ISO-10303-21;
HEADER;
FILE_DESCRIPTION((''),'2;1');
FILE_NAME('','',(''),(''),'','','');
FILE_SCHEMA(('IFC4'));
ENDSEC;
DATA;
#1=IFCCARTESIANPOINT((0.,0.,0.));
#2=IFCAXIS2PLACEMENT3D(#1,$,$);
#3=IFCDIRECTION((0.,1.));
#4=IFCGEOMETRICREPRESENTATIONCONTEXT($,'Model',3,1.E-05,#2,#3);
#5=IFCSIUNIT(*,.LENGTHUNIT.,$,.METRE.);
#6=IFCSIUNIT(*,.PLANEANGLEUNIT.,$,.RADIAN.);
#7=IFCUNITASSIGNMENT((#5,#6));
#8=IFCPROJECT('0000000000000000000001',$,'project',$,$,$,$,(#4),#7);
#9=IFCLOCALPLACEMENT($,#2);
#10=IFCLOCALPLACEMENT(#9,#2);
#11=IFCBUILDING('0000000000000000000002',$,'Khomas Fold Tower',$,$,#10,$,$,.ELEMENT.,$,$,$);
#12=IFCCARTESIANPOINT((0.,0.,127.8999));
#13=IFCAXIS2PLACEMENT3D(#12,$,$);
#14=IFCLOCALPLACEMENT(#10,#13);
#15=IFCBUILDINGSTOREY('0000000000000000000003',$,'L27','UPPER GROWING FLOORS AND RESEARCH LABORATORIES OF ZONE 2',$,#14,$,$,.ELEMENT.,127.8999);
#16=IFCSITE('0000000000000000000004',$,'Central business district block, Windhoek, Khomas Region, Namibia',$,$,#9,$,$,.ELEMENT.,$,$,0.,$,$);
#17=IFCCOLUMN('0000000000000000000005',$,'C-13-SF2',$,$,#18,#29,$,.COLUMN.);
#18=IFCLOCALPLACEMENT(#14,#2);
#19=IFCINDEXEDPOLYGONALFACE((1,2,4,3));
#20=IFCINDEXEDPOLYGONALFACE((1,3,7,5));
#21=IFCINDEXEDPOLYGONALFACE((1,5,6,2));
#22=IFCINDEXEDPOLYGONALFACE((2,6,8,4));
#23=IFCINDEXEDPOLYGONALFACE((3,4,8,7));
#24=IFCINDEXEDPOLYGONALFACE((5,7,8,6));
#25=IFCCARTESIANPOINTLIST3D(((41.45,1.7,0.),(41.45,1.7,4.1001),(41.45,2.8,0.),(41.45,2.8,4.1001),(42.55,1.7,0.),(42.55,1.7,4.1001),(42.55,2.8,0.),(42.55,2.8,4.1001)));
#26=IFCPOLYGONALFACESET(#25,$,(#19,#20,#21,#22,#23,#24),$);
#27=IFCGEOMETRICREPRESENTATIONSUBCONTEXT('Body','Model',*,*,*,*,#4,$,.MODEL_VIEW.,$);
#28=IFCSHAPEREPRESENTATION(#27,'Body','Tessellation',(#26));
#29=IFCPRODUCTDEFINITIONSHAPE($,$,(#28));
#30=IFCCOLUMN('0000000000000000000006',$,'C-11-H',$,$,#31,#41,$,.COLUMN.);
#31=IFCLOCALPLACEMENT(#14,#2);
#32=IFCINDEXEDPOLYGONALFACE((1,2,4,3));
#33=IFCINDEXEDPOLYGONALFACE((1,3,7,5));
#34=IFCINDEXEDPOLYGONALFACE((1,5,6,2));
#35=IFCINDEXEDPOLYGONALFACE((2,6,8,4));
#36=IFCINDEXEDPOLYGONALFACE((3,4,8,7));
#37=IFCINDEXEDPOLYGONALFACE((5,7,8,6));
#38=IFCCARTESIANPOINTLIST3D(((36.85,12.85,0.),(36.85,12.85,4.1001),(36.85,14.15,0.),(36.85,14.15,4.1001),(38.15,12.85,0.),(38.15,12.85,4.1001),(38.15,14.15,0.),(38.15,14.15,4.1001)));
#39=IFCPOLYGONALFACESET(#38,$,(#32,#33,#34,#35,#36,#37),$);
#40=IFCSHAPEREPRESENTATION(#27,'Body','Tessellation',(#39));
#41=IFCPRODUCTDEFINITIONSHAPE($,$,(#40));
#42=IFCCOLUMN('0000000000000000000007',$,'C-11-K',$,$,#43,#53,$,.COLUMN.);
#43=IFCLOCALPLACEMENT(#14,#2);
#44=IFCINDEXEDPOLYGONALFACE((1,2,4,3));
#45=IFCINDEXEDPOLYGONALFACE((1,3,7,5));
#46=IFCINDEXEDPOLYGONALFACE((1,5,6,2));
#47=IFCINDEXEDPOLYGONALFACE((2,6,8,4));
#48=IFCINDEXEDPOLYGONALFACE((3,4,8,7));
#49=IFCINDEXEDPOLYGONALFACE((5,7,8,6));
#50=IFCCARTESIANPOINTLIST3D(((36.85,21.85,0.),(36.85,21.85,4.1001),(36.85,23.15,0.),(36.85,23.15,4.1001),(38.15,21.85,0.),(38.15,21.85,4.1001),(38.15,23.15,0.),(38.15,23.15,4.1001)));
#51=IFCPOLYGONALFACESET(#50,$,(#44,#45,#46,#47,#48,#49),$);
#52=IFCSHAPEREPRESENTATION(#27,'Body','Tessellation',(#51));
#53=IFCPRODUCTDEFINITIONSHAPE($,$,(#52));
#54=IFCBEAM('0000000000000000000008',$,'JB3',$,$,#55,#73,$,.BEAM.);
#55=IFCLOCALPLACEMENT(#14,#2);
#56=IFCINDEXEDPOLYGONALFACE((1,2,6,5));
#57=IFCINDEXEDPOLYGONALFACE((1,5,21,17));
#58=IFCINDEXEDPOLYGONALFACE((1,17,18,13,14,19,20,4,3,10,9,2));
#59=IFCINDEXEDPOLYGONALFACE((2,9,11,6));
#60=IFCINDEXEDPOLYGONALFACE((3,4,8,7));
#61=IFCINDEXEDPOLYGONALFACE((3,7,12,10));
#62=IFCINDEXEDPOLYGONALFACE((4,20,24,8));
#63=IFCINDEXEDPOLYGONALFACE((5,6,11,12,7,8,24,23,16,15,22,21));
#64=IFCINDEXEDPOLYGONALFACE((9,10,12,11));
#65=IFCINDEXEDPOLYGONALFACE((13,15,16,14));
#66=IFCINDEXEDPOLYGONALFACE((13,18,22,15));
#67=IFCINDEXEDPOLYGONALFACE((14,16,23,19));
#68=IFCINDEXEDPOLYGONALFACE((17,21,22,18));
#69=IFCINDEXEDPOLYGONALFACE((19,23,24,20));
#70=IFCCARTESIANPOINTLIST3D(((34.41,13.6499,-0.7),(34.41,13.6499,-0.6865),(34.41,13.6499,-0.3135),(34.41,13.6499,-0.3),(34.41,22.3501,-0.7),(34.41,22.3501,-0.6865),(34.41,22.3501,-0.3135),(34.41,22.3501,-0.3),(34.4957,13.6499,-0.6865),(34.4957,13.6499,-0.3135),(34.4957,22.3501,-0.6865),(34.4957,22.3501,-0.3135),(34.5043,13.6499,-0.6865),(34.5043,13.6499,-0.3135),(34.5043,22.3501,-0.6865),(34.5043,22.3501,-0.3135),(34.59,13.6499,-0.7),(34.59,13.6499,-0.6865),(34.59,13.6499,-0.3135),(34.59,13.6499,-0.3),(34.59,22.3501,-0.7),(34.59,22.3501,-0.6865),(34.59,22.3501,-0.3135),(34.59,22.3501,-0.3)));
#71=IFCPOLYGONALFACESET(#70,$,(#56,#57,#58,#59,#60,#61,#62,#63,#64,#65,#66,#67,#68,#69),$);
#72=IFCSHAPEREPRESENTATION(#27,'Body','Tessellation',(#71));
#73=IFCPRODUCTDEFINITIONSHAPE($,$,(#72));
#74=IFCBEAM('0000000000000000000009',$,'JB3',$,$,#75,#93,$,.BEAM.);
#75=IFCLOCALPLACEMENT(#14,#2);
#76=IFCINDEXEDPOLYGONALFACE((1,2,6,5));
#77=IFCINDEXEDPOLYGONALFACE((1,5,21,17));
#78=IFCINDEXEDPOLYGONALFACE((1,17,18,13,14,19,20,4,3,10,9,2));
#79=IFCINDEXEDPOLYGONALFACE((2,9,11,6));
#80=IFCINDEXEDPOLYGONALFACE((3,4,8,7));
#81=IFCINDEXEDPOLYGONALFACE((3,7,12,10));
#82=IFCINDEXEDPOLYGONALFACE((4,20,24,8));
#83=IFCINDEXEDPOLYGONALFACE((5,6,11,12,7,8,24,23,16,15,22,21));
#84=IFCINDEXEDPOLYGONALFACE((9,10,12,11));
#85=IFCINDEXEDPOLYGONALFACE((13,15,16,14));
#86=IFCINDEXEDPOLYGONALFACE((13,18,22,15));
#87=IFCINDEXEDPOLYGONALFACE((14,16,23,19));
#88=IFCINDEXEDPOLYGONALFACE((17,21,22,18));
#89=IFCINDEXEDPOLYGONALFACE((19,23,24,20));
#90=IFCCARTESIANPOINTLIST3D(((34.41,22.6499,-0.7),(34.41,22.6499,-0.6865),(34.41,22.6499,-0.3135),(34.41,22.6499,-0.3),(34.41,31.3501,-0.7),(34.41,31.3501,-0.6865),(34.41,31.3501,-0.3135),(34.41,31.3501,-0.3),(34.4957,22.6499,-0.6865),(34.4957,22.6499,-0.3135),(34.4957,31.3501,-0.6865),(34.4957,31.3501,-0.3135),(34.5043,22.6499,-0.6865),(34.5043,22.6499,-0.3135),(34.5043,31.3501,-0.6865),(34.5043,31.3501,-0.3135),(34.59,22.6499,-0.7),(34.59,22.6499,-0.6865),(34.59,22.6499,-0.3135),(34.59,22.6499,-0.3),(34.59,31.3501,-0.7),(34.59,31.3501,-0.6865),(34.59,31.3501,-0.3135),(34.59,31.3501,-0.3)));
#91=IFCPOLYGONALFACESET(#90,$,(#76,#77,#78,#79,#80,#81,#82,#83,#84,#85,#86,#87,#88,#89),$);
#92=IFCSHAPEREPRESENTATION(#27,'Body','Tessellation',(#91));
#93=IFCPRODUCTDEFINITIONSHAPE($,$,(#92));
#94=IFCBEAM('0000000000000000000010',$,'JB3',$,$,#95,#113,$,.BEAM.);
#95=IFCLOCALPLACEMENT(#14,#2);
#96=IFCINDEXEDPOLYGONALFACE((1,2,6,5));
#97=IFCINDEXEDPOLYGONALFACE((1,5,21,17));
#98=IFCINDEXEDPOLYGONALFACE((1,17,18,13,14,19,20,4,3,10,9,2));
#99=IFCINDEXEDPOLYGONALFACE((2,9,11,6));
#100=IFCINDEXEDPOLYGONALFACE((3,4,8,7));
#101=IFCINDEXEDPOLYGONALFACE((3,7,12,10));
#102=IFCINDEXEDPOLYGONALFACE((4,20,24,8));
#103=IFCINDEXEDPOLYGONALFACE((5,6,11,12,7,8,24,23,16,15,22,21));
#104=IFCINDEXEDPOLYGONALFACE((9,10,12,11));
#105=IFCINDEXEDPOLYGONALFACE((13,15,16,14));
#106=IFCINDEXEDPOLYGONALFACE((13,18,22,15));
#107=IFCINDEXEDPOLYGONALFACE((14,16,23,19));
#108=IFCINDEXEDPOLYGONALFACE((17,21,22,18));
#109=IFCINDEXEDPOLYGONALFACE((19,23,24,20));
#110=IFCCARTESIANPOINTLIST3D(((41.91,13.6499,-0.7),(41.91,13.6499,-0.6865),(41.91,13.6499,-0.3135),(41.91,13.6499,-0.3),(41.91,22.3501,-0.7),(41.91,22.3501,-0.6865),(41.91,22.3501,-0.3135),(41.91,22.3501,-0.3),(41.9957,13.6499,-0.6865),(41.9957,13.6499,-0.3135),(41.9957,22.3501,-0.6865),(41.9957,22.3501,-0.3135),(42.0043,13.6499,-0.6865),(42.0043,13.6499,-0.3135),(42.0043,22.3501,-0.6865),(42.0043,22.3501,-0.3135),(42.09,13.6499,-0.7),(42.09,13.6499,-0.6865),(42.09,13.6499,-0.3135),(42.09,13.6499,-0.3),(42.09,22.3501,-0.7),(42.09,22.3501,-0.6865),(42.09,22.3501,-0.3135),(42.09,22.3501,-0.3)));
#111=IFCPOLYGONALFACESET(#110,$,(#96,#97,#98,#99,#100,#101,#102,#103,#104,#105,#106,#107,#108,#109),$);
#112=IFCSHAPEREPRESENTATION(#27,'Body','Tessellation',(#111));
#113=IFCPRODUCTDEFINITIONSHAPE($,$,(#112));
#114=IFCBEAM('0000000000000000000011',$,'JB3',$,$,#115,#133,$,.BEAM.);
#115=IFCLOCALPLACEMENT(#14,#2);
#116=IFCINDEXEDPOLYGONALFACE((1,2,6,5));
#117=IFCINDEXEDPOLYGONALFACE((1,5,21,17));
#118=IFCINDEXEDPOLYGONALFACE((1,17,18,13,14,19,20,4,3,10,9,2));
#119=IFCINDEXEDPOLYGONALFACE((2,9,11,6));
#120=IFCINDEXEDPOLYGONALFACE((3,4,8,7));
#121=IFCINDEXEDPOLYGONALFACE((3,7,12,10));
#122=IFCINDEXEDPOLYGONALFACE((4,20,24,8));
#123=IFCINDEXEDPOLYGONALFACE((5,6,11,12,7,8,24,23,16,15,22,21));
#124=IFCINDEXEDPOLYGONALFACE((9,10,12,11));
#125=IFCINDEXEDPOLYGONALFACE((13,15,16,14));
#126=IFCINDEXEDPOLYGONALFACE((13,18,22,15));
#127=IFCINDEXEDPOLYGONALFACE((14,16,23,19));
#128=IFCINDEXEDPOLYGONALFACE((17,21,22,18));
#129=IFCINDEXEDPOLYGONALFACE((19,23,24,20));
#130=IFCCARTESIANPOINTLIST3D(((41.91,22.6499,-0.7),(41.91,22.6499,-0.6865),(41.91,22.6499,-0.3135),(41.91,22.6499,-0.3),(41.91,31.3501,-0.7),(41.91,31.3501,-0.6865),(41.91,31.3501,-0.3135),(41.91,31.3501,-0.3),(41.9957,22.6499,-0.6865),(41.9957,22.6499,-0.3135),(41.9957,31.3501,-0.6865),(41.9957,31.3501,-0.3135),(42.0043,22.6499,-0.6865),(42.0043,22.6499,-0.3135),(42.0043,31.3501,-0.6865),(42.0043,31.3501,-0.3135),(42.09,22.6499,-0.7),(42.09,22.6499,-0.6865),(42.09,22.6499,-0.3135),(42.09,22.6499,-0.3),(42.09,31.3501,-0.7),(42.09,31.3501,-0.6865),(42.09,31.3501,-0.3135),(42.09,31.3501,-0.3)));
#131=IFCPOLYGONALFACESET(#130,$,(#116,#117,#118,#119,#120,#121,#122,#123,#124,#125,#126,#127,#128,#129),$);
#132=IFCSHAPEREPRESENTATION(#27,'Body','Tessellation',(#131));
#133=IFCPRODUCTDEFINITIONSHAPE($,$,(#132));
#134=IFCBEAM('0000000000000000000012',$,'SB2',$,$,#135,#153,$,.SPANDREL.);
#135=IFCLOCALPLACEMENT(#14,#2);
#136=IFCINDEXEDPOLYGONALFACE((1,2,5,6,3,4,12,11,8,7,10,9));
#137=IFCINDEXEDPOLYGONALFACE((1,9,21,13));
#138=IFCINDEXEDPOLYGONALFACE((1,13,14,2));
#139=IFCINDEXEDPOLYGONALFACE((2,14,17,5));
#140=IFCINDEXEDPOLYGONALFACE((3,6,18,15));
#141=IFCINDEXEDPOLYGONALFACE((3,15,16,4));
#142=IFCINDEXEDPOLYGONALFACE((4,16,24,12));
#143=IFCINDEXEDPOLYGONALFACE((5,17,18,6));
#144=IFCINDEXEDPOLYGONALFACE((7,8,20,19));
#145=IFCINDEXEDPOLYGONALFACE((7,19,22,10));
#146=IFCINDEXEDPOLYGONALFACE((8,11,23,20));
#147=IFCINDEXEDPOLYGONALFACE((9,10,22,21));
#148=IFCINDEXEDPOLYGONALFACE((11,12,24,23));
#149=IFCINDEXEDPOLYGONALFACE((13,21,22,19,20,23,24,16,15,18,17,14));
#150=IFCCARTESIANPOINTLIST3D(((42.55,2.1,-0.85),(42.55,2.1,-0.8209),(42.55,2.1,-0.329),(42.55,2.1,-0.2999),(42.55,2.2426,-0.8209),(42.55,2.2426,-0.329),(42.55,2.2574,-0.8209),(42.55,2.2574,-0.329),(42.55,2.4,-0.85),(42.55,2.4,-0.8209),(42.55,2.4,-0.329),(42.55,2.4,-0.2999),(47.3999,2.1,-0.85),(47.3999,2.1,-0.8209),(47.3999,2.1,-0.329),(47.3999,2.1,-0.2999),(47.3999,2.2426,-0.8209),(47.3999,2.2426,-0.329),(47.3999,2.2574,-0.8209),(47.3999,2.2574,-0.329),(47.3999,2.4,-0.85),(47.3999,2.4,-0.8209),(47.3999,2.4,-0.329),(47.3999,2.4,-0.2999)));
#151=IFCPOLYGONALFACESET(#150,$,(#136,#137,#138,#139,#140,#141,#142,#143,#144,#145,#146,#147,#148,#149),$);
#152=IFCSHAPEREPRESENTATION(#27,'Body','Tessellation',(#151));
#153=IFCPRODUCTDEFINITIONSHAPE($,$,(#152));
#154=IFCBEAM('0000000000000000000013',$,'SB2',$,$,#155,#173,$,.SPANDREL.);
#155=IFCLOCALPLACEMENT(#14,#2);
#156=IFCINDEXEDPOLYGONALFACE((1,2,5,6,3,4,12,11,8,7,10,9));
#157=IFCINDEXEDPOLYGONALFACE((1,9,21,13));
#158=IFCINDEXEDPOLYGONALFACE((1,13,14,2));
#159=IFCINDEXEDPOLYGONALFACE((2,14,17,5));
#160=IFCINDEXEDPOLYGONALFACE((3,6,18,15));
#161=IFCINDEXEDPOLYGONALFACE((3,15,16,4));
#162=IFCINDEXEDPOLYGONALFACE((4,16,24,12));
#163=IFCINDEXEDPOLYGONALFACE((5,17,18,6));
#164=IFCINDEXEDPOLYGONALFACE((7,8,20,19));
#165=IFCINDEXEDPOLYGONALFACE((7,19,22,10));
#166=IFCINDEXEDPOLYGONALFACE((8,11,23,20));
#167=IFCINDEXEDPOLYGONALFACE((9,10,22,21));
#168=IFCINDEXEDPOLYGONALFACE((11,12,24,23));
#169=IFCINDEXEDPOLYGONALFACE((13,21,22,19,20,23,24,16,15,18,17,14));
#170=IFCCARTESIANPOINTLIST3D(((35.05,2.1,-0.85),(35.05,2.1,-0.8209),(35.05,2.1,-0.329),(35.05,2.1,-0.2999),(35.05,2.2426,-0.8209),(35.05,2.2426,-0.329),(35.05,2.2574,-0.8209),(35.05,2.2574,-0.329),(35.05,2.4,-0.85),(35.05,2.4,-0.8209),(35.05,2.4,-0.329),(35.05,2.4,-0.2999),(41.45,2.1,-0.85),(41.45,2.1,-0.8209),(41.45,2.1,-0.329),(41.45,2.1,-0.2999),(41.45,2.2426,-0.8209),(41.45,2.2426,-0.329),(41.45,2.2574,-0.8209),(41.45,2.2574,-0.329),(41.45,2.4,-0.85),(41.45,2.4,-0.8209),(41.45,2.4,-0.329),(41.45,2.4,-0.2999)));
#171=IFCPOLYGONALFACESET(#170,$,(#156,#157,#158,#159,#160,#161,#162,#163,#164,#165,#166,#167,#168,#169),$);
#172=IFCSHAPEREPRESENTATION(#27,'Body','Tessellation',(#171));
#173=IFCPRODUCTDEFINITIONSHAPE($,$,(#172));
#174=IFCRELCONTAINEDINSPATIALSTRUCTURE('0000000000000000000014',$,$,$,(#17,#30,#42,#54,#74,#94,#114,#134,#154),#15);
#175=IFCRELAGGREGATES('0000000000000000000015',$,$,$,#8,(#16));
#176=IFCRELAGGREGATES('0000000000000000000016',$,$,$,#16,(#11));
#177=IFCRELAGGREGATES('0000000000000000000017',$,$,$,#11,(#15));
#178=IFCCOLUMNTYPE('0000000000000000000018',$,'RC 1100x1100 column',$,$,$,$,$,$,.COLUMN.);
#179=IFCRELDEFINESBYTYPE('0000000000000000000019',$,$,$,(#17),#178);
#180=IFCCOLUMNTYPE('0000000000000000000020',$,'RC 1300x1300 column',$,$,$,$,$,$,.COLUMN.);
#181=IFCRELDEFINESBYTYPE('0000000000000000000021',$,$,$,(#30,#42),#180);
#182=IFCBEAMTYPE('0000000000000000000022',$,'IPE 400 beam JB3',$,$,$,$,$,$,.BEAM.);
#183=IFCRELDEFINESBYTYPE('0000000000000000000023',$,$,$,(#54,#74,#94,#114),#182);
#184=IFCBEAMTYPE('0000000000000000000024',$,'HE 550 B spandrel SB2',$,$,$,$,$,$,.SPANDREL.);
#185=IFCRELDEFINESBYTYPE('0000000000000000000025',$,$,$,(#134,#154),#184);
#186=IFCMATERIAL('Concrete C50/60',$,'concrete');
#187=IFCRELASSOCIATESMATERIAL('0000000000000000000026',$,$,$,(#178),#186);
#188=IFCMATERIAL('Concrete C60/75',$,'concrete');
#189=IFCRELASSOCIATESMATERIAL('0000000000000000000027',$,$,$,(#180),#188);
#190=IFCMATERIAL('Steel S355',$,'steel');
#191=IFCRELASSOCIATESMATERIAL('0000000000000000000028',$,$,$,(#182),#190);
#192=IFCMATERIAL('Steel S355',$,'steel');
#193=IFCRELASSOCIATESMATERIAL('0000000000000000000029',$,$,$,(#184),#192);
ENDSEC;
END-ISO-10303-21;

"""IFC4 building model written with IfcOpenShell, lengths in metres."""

from ifc_helpers import new_model, si_unit, direction, frame, origin, origin_2d, place, context, subcontext, project, spatial, rectangle, i_section, extrude, source, transform, mapped, material, material_profile, profile_set, type_object, element, save


model = new_model("IFC4")

# Units and contexts
model_context = context("Model", 3, precision=1e-05, world=origin(), true_north=direction((0.0, 1.0)))
body_context = subcontext(model_context, "Body", "Model", "MODEL_VIEW")
ifc_project = project(units=[si_unit("LENGTHUNIT", "METRE"), si_unit("PLANEANGLEUNIT", "RADIAN")], contexts=[model_context])

# Site, building, storey
site_placement = place(None, origin())
site = spatial("IfcSite", under=ifc_project, at=site_placement, Name="Central business district block, Windhoek, Khomas Region, Namibia", CompositionType="ELEMENT", RefElevation=0.0)
building_placement = place(site_placement, origin())
building = spatial("IfcBuilding", under=site, at=building_placement, Name="Khomas Fold Tower", CompositionType="ELEMENT")
storey_placement = place(building_placement, frame((0.0, 0.0, 127.8999)))
storey = spatial("IfcBuildingStorey", under=building, at=storey_placement, Name="L27", Description="UPPER GROWING FLOORS AND RESEARCH LABORATORIES OF ZONE 2", CompositionType="ELEMENT", Elevation=127.8999)

# Columns
ifc_material_1 = material(Name="Concrete C50/60", Category="concrete")
ifc_material_profile_1 = material_profile(ifc_material_1, rectangle(XDim=1.1001, YDim=1.1001, at=origin_2d()), Name="RC 1100x1100")
ifc_profile_set_1 = profile_set([ifc_material_profile_1], Name="Concrete C50/60")
column_type_1 = type_object("IfcColumnType", Name="RC 1100x1100 column", PredefinedType="COLUMN", material=ifc_profile_set_1)
shared_shape_1 = source(origin(), body_context, "Body", "SweptSolid", [
    extrude(rectangle(XDim=1.1001, YDim=1.1001, at=origin_2d()), origin(), (0.0, 0.0, 1.0), 4.1001),
])
column_placement = place(storey_placement, frame((42.0, 2.25, 0.0), z_axis=(0.0, 0.0, 1.0), x_axis=(1.0, 0.0, 0.0)))
element("IfcColumn", 1, at=column_placement, inside=storey, type_object=column_type_1, Name="C-13-SF2", PredefinedType="COLUMN", context=body_context, shape_type="MappedRepresentation", body=[
    mapped(shared_shape_1, transform((0.0, 0.0, 0.0))),
])
ifc_material_2 = material(Name="Concrete C60/75", Category="concrete")
ifc_material_profile_2 = material_profile(ifc_material_2, rectangle(XDim=1.3, YDim=1.3, at=origin_2d()), Name="RC 1300x1300")
ifc_profile_set_2 = profile_set([ifc_material_profile_2], Name="Concrete C60/75")
column_type_2 = type_object("IfcColumnType", Name="RC 1300x1300 column", PredefinedType="COLUMN", material=ifc_profile_set_2)
shared_shape_2 = source(origin(), body_context, "Body", "SweptSolid", [
    extrude(rectangle(XDim=1.3, YDim=1.3, at=origin_2d()), origin(), (0.0, 0.0, 1.0), 4.1001),
])
for number, where, z_axis, x_axis, name in (
    (2, (37.5, 13.5, 0.0), (0.0, 0.0, 1.0), (1.0, 0.0, 0.0), "C-11-H"),
    (3, (37.5, 22.5, 0.0), (0.0, 0.0, 1.0), (1.0, 0.0, 0.0), "C-11-K"),
):
    element("IfcColumn", number, at=place(storey_placement, frame(where, z_axis=z_axis, x_axis=x_axis)), inside=storey, type_object=column_type_2, Name=name, PredefinedType="COLUMN", context=body_context, shape_type="MappedRepresentation", body=[
        mapped(shared_shape_2, transform((0.0, 0.0, 0.0))),
    ])

# Beams
ifc_material_3 = material(Name="Steel S355", Category="steel")
ifc_material_profile_3 = material_profile(ifc_material_3, i_section(OverallWidth=0.1799, OverallDepth=0.3999, WebThickness=0.0085, FlangeThickness=0.0134, at=origin_2d()), Name="IPE 400")
ifc_profile_set_3 = profile_set([ifc_material_profile_3], Name="Steel S355")
beam_type_1 = type_object("IfcBeamType", Name="IPE 400 beam JB3", PredefinedType="BEAM", material=ifc_profile_set_3)
shared_shape_3 = source(origin(), body_context, "Body", "SweptSolid", [
    extrude(i_section(OverallWidth=0.1799, OverallDepth=0.3999, WebThickness=0.0085, FlangeThickness=0.0134, at=origin_2d()), origin(), (0.0, 0.0, 1.0), 8.7002),
])
for number, where, z_axis, x_axis, name in (
    (4, (34.5, 13.6499, -0.5), (0.0, 1.0, 0.0), (-1.0, 0.0, 0.0), "JB3"),
    (5, (34.5, 22.6499, -0.5), (0.0, 1.0, 0.0), (-1.0, 0.0, 0.0), "JB3"),
    (6, (42.0, 13.6499, -0.5), (0.0, 1.0, 0.0), (-1.0, 0.0, 0.0), "JB3"),
    (7, (42.0, 22.6499, -0.5), (0.0, 1.0, 0.0), (-1.0, 0.0, 0.0), "JB3"),
):
    element("IfcBeam", number, at=place(storey_placement, frame(where, z_axis=z_axis, x_axis=x_axis)), inside=storey, type_object=beam_type_1, Name=name, PredefinedType="BEAM", context=body_context, shape_type="MappedRepresentation", body=[
        mapped(shared_shape_3, transform((0.0, 0.0, 0.0))),
    ])
ifc_material_4 = material(Name="Steel S355", Category="steel")
ifc_material_profile_4 = material_profile(ifc_material_4, i_section(OverallWidth=0.3, OverallDepth=0.55, WebThickness=0.0149, FlangeThickness=0.0291, at=origin_2d()), Name="HE 550 B")
ifc_profile_set_4 = profile_set([ifc_material_profile_4], Name="Steel S355")
beam_type_2 = type_object("IfcBeamType", Name="HE 550 B spandrel SB2", PredefinedType="SPANDREL", material=ifc_profile_set_4)
shared_shape_4 = source(origin(), body_context, "Body", "SweptSolid", [
    extrude(i_section(OverallWidth=0.3, OverallDepth=0.55, WebThickness=0.0149, FlangeThickness=0.0291, at=origin_2d()), origin(), (0.0, 0.0, 1.0), 4.8499),
])
beam_1_placement = place(storey_placement, frame((42.55, 2.25, -0.575), z_axis=(1.0, 0.0, 0.0), x_axis=(0.0, 1.0, 0.0)))
element("IfcBeam", 8, at=beam_1_placement, inside=storey, type_object=beam_type_2, Name="SB2", PredefinedType="SPANDREL", context=body_context, shape_type="MappedRepresentation", body=[
    mapped(shared_shape_4, transform((0.0, 0.0, 0.0))),
])
shared_shape_5 = source(origin(), body_context, "Body", "SweptSolid", [
    extrude(i_section(OverallWidth=0.3, OverallDepth=0.55, WebThickness=0.0149, FlangeThickness=0.0291, at=origin_2d()), origin(), (0.0, 0.0, 1.0), 6.3999),
])
beam_2_placement = place(storey_placement, frame((35.05, 2.25, -0.575), z_axis=(1.0, 0.0, 0.0), x_axis=(0.0, 1.0, 0.0)))
element("IfcBeam", 9, at=beam_2_placement, inside=storey, type_object=beam_type_2, Name="SB2", PredefinedType="SPANDREL", context=body_context, shape_type="MappedRepresentation", body=[
    mapped(shared_shape_5, transform((0.0, 0.0, 0.0))),
])

save(model, "model.ifc")
